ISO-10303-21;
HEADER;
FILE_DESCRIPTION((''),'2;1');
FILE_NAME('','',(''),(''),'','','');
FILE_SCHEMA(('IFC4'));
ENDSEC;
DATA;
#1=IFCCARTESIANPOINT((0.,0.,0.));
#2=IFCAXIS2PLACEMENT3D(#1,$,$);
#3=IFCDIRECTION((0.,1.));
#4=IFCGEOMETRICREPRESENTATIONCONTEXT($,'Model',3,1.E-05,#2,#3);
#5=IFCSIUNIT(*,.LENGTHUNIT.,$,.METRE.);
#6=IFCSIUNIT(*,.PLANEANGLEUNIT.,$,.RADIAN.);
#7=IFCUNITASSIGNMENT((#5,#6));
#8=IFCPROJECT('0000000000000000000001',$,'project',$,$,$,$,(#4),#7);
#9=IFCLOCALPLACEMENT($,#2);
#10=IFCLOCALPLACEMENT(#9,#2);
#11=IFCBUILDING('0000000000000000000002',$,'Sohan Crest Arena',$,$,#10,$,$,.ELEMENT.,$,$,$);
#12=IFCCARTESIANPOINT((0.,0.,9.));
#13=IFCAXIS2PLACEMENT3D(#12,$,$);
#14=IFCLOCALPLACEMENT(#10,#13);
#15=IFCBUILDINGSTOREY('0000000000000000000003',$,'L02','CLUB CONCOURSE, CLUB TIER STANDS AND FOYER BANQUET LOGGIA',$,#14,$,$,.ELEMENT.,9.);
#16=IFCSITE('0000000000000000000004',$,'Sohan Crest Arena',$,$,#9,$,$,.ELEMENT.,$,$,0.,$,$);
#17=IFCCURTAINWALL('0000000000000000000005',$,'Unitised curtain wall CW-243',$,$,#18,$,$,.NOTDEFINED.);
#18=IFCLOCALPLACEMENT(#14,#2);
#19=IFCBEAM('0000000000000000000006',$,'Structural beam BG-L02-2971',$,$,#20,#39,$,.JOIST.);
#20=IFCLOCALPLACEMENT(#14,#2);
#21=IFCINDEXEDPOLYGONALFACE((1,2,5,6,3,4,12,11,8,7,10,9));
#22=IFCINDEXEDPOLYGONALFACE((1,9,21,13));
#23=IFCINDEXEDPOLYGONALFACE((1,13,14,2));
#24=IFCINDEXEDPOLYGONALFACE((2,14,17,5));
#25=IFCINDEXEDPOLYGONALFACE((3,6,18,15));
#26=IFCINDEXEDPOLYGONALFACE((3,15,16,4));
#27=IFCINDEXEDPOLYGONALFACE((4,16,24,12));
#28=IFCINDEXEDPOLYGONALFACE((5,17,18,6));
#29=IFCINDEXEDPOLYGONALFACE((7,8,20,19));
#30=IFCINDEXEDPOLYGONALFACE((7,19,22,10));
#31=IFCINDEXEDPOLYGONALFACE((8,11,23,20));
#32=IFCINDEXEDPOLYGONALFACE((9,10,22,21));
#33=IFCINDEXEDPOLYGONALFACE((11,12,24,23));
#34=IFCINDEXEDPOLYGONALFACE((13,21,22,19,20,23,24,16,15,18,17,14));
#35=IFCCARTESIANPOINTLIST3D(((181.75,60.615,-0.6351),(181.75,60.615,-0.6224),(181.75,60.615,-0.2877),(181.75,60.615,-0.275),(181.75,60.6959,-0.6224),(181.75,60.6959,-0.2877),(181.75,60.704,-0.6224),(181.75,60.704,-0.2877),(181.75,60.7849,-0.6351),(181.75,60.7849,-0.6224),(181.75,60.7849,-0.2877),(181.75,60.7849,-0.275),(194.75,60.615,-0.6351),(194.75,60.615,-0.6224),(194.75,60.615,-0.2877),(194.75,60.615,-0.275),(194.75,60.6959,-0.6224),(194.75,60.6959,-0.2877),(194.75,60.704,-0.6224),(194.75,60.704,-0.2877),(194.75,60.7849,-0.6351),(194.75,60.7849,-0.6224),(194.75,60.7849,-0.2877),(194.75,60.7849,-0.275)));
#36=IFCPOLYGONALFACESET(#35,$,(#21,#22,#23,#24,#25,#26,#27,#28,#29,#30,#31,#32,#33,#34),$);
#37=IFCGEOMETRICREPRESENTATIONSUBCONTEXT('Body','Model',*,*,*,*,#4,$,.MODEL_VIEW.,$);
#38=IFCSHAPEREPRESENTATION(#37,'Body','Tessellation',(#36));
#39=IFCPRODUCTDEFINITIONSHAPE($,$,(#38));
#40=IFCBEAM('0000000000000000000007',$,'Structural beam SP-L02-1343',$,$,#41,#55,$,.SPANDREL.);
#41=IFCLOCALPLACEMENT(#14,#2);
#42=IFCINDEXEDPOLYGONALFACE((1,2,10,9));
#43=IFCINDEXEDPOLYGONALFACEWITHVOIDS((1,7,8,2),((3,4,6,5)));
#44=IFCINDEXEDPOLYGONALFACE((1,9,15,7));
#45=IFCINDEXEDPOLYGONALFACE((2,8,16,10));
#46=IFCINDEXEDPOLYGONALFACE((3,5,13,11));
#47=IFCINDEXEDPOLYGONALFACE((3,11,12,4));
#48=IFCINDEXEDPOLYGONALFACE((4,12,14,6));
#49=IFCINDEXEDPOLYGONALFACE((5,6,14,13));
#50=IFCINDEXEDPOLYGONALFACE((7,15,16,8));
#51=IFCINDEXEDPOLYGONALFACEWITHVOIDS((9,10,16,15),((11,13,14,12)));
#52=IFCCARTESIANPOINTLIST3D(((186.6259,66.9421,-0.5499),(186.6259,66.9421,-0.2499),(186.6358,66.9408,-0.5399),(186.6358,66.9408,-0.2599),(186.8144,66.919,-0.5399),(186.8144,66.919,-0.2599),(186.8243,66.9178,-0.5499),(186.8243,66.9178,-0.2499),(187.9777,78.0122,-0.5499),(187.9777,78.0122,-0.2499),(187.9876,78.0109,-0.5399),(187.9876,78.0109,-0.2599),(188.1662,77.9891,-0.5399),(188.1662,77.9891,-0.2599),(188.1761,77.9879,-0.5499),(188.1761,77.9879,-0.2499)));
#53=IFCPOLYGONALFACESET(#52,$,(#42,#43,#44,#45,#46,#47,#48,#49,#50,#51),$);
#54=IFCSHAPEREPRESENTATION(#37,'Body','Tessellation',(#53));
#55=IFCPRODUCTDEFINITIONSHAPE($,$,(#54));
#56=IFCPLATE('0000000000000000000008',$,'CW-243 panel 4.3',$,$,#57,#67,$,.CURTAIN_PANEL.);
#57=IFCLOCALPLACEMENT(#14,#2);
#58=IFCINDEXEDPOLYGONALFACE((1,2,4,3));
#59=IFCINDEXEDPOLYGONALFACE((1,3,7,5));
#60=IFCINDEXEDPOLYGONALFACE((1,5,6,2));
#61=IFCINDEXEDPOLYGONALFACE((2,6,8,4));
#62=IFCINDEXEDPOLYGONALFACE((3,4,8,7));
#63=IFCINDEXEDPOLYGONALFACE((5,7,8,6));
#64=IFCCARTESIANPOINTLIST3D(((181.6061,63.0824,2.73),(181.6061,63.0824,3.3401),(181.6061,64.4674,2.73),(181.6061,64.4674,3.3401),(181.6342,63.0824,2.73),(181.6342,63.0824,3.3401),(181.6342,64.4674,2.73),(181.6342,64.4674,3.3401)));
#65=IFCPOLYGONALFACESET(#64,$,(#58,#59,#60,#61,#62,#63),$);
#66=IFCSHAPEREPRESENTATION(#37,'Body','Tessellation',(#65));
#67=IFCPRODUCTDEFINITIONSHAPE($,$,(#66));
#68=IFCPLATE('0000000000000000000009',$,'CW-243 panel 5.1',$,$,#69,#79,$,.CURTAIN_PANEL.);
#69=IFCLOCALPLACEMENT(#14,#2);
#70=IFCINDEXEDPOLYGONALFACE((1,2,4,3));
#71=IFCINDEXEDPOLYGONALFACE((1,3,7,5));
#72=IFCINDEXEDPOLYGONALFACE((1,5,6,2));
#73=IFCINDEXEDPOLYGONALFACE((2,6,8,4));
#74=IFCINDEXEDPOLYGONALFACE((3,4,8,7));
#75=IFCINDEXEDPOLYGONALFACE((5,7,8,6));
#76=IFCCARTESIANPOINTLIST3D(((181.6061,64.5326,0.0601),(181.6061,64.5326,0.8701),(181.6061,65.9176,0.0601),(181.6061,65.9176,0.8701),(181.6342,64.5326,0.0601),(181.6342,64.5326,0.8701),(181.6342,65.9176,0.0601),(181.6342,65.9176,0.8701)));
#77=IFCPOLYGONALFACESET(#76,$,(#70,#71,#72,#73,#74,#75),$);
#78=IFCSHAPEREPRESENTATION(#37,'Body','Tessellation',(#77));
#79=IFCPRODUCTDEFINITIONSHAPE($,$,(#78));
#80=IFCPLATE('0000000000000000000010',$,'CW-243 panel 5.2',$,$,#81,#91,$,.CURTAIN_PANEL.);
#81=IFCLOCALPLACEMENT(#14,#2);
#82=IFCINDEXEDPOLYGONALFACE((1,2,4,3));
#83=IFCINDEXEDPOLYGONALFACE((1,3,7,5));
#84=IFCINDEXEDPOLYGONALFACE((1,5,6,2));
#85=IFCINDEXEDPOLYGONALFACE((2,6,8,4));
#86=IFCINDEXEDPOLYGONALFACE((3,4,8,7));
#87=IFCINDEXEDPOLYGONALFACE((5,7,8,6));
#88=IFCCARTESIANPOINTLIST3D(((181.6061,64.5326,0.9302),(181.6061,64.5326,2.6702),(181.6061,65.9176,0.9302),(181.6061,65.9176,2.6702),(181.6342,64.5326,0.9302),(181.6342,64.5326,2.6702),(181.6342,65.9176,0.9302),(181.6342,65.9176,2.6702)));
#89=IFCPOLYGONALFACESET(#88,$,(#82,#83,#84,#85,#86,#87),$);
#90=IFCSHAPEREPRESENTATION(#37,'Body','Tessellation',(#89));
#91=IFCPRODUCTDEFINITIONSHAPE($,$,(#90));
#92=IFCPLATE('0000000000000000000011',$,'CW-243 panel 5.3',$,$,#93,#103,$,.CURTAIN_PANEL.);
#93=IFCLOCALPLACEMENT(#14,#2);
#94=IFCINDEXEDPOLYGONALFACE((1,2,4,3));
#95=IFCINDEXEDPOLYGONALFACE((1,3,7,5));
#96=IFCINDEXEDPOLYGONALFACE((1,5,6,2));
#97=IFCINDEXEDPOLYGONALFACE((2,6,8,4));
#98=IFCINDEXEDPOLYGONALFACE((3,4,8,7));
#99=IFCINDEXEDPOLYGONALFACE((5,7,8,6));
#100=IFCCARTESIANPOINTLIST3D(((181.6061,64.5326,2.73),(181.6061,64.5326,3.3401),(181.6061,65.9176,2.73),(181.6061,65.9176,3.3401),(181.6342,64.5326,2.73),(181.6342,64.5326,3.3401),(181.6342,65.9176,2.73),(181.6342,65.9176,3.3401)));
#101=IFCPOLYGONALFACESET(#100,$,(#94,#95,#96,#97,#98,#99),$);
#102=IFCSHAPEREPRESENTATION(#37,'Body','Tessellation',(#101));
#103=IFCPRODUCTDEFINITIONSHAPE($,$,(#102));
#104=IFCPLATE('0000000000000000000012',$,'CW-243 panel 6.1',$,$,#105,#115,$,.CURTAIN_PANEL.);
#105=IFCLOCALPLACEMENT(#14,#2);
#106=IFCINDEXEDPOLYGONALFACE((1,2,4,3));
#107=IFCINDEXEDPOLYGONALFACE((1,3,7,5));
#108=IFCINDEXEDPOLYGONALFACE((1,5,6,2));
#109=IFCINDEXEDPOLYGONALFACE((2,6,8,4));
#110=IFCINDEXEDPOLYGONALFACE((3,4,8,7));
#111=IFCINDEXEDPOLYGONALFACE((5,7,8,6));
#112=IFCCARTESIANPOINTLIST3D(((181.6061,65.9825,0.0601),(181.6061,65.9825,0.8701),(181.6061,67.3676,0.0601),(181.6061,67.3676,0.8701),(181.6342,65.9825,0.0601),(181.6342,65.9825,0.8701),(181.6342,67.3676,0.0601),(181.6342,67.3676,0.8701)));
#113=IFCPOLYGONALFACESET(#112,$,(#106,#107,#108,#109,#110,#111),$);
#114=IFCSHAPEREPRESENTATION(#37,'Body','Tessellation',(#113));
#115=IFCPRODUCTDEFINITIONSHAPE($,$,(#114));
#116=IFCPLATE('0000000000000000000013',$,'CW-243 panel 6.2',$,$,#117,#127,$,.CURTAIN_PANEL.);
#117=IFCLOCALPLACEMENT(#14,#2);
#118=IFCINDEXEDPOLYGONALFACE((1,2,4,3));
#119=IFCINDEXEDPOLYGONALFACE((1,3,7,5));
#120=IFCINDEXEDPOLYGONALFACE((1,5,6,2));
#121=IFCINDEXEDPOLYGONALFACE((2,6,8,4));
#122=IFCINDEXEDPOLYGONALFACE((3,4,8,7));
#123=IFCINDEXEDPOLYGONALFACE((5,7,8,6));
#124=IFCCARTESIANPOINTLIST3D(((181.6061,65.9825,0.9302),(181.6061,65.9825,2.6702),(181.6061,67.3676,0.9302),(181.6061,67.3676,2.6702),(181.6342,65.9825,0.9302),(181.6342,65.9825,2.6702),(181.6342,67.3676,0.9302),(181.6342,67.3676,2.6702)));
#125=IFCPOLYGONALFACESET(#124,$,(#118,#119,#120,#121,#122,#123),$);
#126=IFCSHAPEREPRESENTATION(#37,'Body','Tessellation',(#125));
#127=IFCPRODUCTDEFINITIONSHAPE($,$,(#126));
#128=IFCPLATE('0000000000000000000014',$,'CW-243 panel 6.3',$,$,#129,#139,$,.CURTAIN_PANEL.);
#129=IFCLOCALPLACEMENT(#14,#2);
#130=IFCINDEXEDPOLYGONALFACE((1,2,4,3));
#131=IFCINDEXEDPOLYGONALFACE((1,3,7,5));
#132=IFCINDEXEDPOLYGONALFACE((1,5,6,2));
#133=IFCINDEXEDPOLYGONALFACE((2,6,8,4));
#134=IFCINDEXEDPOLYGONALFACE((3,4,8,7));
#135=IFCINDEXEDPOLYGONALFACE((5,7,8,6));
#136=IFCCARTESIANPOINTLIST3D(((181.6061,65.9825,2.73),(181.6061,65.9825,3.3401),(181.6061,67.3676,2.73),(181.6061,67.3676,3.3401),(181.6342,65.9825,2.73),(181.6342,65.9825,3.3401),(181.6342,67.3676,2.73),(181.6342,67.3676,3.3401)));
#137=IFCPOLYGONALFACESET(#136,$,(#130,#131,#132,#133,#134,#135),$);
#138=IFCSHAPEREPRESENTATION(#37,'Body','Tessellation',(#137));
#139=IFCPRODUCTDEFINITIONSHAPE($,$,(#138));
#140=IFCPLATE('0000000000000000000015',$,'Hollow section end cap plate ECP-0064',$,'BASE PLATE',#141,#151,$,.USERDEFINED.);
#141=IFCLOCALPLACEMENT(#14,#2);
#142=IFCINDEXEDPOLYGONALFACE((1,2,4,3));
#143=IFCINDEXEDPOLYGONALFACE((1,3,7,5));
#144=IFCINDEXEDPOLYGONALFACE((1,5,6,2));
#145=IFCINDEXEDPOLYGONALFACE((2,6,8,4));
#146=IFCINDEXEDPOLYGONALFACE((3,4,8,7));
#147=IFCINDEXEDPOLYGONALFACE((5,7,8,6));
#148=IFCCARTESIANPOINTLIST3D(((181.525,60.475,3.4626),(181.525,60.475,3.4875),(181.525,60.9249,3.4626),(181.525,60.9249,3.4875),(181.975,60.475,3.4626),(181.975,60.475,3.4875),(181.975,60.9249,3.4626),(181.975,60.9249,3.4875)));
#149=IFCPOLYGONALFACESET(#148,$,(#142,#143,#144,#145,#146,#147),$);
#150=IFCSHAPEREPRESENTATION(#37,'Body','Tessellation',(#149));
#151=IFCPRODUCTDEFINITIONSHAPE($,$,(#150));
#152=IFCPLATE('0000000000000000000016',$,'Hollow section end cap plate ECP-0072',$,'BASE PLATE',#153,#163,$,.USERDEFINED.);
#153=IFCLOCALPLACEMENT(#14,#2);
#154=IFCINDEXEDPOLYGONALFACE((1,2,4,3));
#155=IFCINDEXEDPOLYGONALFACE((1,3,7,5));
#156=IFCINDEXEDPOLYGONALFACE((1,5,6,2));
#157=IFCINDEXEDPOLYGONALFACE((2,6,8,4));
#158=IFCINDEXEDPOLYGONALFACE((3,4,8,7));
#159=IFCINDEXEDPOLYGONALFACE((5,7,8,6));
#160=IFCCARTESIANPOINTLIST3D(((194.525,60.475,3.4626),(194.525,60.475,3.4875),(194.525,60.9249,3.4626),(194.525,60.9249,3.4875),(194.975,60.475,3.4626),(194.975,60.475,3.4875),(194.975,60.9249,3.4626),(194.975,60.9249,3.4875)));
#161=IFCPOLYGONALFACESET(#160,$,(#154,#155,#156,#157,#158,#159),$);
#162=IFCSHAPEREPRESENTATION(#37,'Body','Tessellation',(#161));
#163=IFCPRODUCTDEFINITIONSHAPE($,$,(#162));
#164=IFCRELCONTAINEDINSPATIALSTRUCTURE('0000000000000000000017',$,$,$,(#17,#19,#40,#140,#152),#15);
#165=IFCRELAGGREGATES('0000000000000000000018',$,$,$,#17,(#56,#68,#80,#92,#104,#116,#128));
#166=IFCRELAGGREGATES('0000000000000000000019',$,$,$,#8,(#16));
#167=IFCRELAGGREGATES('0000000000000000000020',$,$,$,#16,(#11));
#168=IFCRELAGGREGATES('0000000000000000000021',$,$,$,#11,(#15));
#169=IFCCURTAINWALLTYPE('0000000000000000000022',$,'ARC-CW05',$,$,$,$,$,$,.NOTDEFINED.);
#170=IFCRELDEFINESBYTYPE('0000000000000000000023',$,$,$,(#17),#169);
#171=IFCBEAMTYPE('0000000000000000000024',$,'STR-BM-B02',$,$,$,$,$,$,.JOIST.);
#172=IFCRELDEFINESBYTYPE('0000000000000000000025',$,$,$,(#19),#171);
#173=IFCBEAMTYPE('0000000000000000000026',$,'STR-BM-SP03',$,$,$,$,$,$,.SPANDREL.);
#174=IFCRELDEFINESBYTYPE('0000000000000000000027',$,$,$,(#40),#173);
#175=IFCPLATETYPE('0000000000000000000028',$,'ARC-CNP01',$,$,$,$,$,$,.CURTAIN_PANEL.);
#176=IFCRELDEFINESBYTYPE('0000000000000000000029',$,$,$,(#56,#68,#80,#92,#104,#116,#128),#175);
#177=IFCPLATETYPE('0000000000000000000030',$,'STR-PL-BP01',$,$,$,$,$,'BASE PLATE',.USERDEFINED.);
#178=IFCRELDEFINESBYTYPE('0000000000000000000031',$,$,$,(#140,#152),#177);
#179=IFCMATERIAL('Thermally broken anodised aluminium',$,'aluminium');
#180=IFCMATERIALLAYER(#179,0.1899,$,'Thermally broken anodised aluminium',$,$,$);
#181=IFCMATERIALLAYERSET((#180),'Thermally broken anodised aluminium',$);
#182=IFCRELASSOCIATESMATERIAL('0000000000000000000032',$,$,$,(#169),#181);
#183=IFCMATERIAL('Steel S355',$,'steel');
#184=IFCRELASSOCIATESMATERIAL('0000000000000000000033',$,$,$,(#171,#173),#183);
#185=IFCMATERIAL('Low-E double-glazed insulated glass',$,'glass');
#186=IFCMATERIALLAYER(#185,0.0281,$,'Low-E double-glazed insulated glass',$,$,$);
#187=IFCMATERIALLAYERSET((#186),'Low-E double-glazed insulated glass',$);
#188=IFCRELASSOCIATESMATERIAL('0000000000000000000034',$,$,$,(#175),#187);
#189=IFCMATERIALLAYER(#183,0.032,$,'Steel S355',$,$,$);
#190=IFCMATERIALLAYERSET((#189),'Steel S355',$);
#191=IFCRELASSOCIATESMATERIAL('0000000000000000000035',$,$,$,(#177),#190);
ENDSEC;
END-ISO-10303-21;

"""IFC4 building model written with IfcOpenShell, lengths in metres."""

from ifc_helpers import new_model, si_unit, direction, frame, origin, origin_2d, place, context, subcontext, project, spatial, rectangle, hollow_rectangle, i_section, extrude, material, layer, layer_set, material_profile, profile_set, type_object, element, aggregate, save


model = new_model("IFC4")

# Units and contexts
model_context = context("Model", 3, precision=1e-05, world=origin(), true_north=direction((0.0, 1.0)))
body_context = subcontext(model_context, "Body", "Model", "MODEL_VIEW")
ifc_project = project(units=[si_unit("LENGTHUNIT", "METRE"), si_unit("PLANEANGLEUNIT", "RADIAN")], contexts=[model_context])

# Site, building, storey
site_placement = place(None, origin())
site = spatial("IfcSite", under=ifc_project, at=site_placement, Name="Sohan Crest Arena", CompositionType="ELEMENT", RefElevation=0.0)
building_placement = place(site_placement, origin())
building = spatial("IfcBuilding", under=site, at=building_placement, Name="Sohan Crest Arena", CompositionType="ELEMENT")
storey_placement = place(building_placement, frame((0.0, 0.0, 9.0)))
storey = spatial("IfcBuildingStorey", under=building, at=storey_placement, Name="L02", Description="CLUB CONCOURSE, CLUB TIER STANDS AND FOYER BANQUET LOGGIA", CompositionType="ELEMENT", Elevation=9.0)

# Shared definitions
ifc_material_1 = material(Name="Steel S355", Category="steel")

# Curtain wall
ifc_material_2 = material(Name="Thermally broken anodised aluminium", Category="aluminium")
ifc_layer_1 = layer(ifc_material_2, 0.1899, Name="Thermally broken anodised aluminium")
ifc_layer_set_1 = layer_set([ifc_layer_1], Name="Thermally broken anodised aluminium")
curtain_wall_type = type_object("IfcCurtainWallType", Name="ARC-CW05", PredefinedType="NOTDEFINED", material=ifc_layer_set_1)
curtain_wall_1_placement = place(storey_placement, origin())
curtain_wall_1 = element("IfcCurtainWall", 1, at=curtain_wall_1_placement, inside=storey, type_object=curtain_wall_type, Name="Unitised curtain wall CW-243", PredefinedType="NOTDEFINED")

# Beams
ifc_material_profile_1 = material_profile(ifc_material_1, i_section(OverallWidth=0.1699, OverallDepth=0.3601, WebThickness=0.0081, FlangeThickness=0.0127, at=origin_2d()), Name="IPE 360")
ifc_profile_set_1 = profile_set([ifc_material_profile_1], Name="Steel S355")
beam_type_1 = type_object("IfcBeamType", Name="STR-BM-B02", PredefinedType="JOIST", material=ifc_profile_set_1)
beam_1_placement = place(storey_placement, frame((181.75, 60.7, -0.4551), z_axis=(1.0, 0.0, 0.0), x_axis=(0.0, 1.0, 0.0)))
element("IfcBeam", 2, at=beam_1_placement, inside=storey, type_object=beam_type_1, Name="Structural beam BG-L02-2971", PredefinedType="JOIST", context=body_context, shape_type="SweptSolid", body=[
    extrude(i_section(OverallWidth=0.1699, OverallDepth=0.3601, WebThickness=0.0081, FlangeThickness=0.0127, at=origin_2d()), origin(), (0.0, 0.0, 1.0), 13.0),
])
ifc_material_profile_2 = material_profile(ifc_material_1, hollow_rectangle(XDim=0.2, YDim=0.3, WallThickness=0.01, at=origin_2d()), Name="RHS 300x200x10")
ifc_profile_set_2 = profile_set([ifc_material_profile_2], Name="Steel S355")
beam_type_2 = type_object("IfcBeamType", Name="STR-BM-SP03", PredefinedType="SPANDREL", material=ifc_profile_set_2)
beam_2_placement = place(storey_placement, frame((186.7251, 66.9299, -0.3999), z_axis=(0.121213, 0.992626, 0.0), x_axis=(-0.992626, 0.121213, 0.0)))
element("IfcBeam", 3, at=beam_2_placement, inside=storey, type_object=beam_type_2, Name="Structural beam SP-L02-1343", PredefinedType="SPANDREL", context=body_context, shape_type="SweptSolid", body=[
    extrude(hollow_rectangle(XDim=0.2, YDim=0.3, WallThickness=0.01, at=origin_2d()), origin(), (0.0, 0.0, 1.0), 11.1523),
])

# Plates
ifc_material_3 = material(Name="Low-E double-glazed insulated glass", Category="glass")
ifc_layer_2 = layer(ifc_material_3, 0.0281, Name="Low-E double-glazed insulated glass")
ifc_layer_set_2 = layer_set([ifc_layer_2], Name="Low-E double-glazed insulated glass")
plate_type_1 = type_object("IfcPlateType", Name="ARC-CNP01", PredefinedType="CURTAIN_PANEL", material=ifc_layer_set_2)
plate_1_placement = place(storey_placement, frame((181.6201, 63.7749, 2.73), z_axis=(0.0, 0.0, 1.0), x_axis=(0.0, 1.0, 0.0)))
plate_1 = element("IfcPlate", 4, at=plate_1_placement, type_object=plate_type_1, Name="CW-243 panel 4.3", PredefinedType="CURTAIN_PANEL", context=body_context, shape_type="SweptSolid", body=[
    extrude(rectangle(XDim=1.385, YDim=0.0281, at=origin_2d()), origin(), (0.0, 0.0, 1.0), 0.6101),
])
plate_2_placement = place(storey_placement, frame((181.6201, 65.2251, 0.0601), z_axis=(0.0, 0.0, 1.0), x_axis=(0.0, 1.0, 0.0)))
plate_2 = element("IfcPlate", 5, at=plate_2_placement, type_object=plate_type_1, Name="CW-243 panel 5.1", PredefinedType="CURTAIN_PANEL", context=body_context, shape_type="SweptSolid", body=[
    extrude(rectangle(XDim=1.385, YDim=0.0281, at=origin_2d()), origin(), (0.0, 0.0, 1.0), 0.8101),
])
plate_3_placement = place(storey_placement, frame((181.6201, 65.2251, 0.9302), z_axis=(0.0, 0.0, 1.0), x_axis=(0.0, 1.0, 0.0)))
plate_3 = element("IfcPlate", 6, at=plate_3_placement, type_object=plate_type_1, Name="CW-243 panel 5.2", PredefinedType="CURTAIN_PANEL", context=body_context, shape_type="SweptSolid", body=[
    extrude(rectangle(XDim=1.385, YDim=0.0281, at=origin_2d()), origin(), (0.0, 0.0, 1.0), 1.74),
])
plate_4_placement = place(storey_placement, frame((181.6201, 65.2251, 2.73), z_axis=(0.0, 0.0, 1.0), x_axis=(0.0, 1.0, 0.0)))
plate_4 = element("IfcPlate", 7, at=plate_4_placement, type_object=plate_type_1, Name="CW-243 panel 5.3", PredefinedType="CURTAIN_PANEL", context=body_context, shape_type="SweptSolid", body=[
    extrude(rectangle(XDim=1.385, YDim=0.0281, at=origin_2d()), origin(), (0.0, 0.0, 1.0), 0.6101),
])
plate_5_placement = place(storey_placement, frame((181.6201, 66.675, 0.0601), z_axis=(0.0, 0.0, 1.0), x_axis=(0.0, 1.0, 0.0)))
plate_5 = element("IfcPlate", 8, at=plate_5_placement, type_object=plate_type_1, Name="CW-243 panel 6.1", PredefinedType="CURTAIN_PANEL", context=body_context, shape_type="SweptSolid", body=[
    extrude(rectangle(XDim=1.385, YDim=0.0281, at=origin_2d()), origin(), (0.0, 0.0, 1.0), 0.8101),
])
plate_6_placement = place(storey_placement, frame((181.6201, 66.675, 0.9302), z_axis=(0.0, 0.0, 1.0), x_axis=(0.0, 1.0, 0.0)))
plate_6 = element("IfcPlate", 9, at=plate_6_placement, type_object=plate_type_1, Name="CW-243 panel 6.2", PredefinedType="CURTAIN_PANEL", context=body_context, shape_type="SweptSolid", body=[
    extrude(rectangle(XDim=1.385, YDim=0.0281, at=origin_2d()), origin(), (0.0, 0.0, 1.0), 1.74),
])
plate_7_placement = place(storey_placement, frame((181.6201, 66.675, 2.73), z_axis=(0.0, 0.0, 1.0), x_axis=(0.0, 1.0, 0.0)))
plate_7 = element("IfcPlate", 10, at=plate_7_placement, type_object=plate_type_1, Name="CW-243 panel 6.3", PredefinedType="CURTAIN_PANEL", context=body_context, shape_type="SweptSolid", body=[
    extrude(rectangle(XDim=1.385, YDim=0.0281, at=origin_2d()), origin(), (0.0, 0.0, 1.0), 0.6101),
])
aggregate(curtain_wall_1, [plate_1, plate_2, plate_3, plate_4, plate_5, plate_6, plate_7])

# Plates
ifc_layer_3 = layer(ifc_material_1, 0.032, Name="Steel S355")
ifc_layer_set_3 = layer_set([ifc_layer_3], Name="Steel S355")
plate_type_2 = type_object("IfcPlateType", Name="STR-PL-BP01", ElementType="BASE PLATE", PredefinedType="USERDEFINED", material=ifc_layer_set_3)
for number, where, z_axis, x_axis, name in (
    (11, (181.75, 60.7, 3.4626), (0.0, 0.0, 1.0), (1.0, 0.0, 0.0), "Hollow section end cap plate ECP-0064"),
    (12, (194.75, 60.7, 3.4626), (0.0, 0.0, 1.0), (1.0, 0.0, 0.0), "Hollow section end cap plate ECP-0072"),
):
    element("IfcPlate", number, at=place(storey_placement, frame(where, z_axis=z_axis, x_axis=x_axis)), inside=storey, type_object=plate_type_2, Name=name, ObjectType="BASE PLATE", PredefinedType="USERDEFINED", context=body_context, shape_type="SweptSolid", body=[
        extrude(rectangle(XDim=0.45, YDim=0.45, at=origin_2d()), origin(), (0.0, 0.0, 1.0), 0.0249),
    ])

save(model, "model.ifc")
